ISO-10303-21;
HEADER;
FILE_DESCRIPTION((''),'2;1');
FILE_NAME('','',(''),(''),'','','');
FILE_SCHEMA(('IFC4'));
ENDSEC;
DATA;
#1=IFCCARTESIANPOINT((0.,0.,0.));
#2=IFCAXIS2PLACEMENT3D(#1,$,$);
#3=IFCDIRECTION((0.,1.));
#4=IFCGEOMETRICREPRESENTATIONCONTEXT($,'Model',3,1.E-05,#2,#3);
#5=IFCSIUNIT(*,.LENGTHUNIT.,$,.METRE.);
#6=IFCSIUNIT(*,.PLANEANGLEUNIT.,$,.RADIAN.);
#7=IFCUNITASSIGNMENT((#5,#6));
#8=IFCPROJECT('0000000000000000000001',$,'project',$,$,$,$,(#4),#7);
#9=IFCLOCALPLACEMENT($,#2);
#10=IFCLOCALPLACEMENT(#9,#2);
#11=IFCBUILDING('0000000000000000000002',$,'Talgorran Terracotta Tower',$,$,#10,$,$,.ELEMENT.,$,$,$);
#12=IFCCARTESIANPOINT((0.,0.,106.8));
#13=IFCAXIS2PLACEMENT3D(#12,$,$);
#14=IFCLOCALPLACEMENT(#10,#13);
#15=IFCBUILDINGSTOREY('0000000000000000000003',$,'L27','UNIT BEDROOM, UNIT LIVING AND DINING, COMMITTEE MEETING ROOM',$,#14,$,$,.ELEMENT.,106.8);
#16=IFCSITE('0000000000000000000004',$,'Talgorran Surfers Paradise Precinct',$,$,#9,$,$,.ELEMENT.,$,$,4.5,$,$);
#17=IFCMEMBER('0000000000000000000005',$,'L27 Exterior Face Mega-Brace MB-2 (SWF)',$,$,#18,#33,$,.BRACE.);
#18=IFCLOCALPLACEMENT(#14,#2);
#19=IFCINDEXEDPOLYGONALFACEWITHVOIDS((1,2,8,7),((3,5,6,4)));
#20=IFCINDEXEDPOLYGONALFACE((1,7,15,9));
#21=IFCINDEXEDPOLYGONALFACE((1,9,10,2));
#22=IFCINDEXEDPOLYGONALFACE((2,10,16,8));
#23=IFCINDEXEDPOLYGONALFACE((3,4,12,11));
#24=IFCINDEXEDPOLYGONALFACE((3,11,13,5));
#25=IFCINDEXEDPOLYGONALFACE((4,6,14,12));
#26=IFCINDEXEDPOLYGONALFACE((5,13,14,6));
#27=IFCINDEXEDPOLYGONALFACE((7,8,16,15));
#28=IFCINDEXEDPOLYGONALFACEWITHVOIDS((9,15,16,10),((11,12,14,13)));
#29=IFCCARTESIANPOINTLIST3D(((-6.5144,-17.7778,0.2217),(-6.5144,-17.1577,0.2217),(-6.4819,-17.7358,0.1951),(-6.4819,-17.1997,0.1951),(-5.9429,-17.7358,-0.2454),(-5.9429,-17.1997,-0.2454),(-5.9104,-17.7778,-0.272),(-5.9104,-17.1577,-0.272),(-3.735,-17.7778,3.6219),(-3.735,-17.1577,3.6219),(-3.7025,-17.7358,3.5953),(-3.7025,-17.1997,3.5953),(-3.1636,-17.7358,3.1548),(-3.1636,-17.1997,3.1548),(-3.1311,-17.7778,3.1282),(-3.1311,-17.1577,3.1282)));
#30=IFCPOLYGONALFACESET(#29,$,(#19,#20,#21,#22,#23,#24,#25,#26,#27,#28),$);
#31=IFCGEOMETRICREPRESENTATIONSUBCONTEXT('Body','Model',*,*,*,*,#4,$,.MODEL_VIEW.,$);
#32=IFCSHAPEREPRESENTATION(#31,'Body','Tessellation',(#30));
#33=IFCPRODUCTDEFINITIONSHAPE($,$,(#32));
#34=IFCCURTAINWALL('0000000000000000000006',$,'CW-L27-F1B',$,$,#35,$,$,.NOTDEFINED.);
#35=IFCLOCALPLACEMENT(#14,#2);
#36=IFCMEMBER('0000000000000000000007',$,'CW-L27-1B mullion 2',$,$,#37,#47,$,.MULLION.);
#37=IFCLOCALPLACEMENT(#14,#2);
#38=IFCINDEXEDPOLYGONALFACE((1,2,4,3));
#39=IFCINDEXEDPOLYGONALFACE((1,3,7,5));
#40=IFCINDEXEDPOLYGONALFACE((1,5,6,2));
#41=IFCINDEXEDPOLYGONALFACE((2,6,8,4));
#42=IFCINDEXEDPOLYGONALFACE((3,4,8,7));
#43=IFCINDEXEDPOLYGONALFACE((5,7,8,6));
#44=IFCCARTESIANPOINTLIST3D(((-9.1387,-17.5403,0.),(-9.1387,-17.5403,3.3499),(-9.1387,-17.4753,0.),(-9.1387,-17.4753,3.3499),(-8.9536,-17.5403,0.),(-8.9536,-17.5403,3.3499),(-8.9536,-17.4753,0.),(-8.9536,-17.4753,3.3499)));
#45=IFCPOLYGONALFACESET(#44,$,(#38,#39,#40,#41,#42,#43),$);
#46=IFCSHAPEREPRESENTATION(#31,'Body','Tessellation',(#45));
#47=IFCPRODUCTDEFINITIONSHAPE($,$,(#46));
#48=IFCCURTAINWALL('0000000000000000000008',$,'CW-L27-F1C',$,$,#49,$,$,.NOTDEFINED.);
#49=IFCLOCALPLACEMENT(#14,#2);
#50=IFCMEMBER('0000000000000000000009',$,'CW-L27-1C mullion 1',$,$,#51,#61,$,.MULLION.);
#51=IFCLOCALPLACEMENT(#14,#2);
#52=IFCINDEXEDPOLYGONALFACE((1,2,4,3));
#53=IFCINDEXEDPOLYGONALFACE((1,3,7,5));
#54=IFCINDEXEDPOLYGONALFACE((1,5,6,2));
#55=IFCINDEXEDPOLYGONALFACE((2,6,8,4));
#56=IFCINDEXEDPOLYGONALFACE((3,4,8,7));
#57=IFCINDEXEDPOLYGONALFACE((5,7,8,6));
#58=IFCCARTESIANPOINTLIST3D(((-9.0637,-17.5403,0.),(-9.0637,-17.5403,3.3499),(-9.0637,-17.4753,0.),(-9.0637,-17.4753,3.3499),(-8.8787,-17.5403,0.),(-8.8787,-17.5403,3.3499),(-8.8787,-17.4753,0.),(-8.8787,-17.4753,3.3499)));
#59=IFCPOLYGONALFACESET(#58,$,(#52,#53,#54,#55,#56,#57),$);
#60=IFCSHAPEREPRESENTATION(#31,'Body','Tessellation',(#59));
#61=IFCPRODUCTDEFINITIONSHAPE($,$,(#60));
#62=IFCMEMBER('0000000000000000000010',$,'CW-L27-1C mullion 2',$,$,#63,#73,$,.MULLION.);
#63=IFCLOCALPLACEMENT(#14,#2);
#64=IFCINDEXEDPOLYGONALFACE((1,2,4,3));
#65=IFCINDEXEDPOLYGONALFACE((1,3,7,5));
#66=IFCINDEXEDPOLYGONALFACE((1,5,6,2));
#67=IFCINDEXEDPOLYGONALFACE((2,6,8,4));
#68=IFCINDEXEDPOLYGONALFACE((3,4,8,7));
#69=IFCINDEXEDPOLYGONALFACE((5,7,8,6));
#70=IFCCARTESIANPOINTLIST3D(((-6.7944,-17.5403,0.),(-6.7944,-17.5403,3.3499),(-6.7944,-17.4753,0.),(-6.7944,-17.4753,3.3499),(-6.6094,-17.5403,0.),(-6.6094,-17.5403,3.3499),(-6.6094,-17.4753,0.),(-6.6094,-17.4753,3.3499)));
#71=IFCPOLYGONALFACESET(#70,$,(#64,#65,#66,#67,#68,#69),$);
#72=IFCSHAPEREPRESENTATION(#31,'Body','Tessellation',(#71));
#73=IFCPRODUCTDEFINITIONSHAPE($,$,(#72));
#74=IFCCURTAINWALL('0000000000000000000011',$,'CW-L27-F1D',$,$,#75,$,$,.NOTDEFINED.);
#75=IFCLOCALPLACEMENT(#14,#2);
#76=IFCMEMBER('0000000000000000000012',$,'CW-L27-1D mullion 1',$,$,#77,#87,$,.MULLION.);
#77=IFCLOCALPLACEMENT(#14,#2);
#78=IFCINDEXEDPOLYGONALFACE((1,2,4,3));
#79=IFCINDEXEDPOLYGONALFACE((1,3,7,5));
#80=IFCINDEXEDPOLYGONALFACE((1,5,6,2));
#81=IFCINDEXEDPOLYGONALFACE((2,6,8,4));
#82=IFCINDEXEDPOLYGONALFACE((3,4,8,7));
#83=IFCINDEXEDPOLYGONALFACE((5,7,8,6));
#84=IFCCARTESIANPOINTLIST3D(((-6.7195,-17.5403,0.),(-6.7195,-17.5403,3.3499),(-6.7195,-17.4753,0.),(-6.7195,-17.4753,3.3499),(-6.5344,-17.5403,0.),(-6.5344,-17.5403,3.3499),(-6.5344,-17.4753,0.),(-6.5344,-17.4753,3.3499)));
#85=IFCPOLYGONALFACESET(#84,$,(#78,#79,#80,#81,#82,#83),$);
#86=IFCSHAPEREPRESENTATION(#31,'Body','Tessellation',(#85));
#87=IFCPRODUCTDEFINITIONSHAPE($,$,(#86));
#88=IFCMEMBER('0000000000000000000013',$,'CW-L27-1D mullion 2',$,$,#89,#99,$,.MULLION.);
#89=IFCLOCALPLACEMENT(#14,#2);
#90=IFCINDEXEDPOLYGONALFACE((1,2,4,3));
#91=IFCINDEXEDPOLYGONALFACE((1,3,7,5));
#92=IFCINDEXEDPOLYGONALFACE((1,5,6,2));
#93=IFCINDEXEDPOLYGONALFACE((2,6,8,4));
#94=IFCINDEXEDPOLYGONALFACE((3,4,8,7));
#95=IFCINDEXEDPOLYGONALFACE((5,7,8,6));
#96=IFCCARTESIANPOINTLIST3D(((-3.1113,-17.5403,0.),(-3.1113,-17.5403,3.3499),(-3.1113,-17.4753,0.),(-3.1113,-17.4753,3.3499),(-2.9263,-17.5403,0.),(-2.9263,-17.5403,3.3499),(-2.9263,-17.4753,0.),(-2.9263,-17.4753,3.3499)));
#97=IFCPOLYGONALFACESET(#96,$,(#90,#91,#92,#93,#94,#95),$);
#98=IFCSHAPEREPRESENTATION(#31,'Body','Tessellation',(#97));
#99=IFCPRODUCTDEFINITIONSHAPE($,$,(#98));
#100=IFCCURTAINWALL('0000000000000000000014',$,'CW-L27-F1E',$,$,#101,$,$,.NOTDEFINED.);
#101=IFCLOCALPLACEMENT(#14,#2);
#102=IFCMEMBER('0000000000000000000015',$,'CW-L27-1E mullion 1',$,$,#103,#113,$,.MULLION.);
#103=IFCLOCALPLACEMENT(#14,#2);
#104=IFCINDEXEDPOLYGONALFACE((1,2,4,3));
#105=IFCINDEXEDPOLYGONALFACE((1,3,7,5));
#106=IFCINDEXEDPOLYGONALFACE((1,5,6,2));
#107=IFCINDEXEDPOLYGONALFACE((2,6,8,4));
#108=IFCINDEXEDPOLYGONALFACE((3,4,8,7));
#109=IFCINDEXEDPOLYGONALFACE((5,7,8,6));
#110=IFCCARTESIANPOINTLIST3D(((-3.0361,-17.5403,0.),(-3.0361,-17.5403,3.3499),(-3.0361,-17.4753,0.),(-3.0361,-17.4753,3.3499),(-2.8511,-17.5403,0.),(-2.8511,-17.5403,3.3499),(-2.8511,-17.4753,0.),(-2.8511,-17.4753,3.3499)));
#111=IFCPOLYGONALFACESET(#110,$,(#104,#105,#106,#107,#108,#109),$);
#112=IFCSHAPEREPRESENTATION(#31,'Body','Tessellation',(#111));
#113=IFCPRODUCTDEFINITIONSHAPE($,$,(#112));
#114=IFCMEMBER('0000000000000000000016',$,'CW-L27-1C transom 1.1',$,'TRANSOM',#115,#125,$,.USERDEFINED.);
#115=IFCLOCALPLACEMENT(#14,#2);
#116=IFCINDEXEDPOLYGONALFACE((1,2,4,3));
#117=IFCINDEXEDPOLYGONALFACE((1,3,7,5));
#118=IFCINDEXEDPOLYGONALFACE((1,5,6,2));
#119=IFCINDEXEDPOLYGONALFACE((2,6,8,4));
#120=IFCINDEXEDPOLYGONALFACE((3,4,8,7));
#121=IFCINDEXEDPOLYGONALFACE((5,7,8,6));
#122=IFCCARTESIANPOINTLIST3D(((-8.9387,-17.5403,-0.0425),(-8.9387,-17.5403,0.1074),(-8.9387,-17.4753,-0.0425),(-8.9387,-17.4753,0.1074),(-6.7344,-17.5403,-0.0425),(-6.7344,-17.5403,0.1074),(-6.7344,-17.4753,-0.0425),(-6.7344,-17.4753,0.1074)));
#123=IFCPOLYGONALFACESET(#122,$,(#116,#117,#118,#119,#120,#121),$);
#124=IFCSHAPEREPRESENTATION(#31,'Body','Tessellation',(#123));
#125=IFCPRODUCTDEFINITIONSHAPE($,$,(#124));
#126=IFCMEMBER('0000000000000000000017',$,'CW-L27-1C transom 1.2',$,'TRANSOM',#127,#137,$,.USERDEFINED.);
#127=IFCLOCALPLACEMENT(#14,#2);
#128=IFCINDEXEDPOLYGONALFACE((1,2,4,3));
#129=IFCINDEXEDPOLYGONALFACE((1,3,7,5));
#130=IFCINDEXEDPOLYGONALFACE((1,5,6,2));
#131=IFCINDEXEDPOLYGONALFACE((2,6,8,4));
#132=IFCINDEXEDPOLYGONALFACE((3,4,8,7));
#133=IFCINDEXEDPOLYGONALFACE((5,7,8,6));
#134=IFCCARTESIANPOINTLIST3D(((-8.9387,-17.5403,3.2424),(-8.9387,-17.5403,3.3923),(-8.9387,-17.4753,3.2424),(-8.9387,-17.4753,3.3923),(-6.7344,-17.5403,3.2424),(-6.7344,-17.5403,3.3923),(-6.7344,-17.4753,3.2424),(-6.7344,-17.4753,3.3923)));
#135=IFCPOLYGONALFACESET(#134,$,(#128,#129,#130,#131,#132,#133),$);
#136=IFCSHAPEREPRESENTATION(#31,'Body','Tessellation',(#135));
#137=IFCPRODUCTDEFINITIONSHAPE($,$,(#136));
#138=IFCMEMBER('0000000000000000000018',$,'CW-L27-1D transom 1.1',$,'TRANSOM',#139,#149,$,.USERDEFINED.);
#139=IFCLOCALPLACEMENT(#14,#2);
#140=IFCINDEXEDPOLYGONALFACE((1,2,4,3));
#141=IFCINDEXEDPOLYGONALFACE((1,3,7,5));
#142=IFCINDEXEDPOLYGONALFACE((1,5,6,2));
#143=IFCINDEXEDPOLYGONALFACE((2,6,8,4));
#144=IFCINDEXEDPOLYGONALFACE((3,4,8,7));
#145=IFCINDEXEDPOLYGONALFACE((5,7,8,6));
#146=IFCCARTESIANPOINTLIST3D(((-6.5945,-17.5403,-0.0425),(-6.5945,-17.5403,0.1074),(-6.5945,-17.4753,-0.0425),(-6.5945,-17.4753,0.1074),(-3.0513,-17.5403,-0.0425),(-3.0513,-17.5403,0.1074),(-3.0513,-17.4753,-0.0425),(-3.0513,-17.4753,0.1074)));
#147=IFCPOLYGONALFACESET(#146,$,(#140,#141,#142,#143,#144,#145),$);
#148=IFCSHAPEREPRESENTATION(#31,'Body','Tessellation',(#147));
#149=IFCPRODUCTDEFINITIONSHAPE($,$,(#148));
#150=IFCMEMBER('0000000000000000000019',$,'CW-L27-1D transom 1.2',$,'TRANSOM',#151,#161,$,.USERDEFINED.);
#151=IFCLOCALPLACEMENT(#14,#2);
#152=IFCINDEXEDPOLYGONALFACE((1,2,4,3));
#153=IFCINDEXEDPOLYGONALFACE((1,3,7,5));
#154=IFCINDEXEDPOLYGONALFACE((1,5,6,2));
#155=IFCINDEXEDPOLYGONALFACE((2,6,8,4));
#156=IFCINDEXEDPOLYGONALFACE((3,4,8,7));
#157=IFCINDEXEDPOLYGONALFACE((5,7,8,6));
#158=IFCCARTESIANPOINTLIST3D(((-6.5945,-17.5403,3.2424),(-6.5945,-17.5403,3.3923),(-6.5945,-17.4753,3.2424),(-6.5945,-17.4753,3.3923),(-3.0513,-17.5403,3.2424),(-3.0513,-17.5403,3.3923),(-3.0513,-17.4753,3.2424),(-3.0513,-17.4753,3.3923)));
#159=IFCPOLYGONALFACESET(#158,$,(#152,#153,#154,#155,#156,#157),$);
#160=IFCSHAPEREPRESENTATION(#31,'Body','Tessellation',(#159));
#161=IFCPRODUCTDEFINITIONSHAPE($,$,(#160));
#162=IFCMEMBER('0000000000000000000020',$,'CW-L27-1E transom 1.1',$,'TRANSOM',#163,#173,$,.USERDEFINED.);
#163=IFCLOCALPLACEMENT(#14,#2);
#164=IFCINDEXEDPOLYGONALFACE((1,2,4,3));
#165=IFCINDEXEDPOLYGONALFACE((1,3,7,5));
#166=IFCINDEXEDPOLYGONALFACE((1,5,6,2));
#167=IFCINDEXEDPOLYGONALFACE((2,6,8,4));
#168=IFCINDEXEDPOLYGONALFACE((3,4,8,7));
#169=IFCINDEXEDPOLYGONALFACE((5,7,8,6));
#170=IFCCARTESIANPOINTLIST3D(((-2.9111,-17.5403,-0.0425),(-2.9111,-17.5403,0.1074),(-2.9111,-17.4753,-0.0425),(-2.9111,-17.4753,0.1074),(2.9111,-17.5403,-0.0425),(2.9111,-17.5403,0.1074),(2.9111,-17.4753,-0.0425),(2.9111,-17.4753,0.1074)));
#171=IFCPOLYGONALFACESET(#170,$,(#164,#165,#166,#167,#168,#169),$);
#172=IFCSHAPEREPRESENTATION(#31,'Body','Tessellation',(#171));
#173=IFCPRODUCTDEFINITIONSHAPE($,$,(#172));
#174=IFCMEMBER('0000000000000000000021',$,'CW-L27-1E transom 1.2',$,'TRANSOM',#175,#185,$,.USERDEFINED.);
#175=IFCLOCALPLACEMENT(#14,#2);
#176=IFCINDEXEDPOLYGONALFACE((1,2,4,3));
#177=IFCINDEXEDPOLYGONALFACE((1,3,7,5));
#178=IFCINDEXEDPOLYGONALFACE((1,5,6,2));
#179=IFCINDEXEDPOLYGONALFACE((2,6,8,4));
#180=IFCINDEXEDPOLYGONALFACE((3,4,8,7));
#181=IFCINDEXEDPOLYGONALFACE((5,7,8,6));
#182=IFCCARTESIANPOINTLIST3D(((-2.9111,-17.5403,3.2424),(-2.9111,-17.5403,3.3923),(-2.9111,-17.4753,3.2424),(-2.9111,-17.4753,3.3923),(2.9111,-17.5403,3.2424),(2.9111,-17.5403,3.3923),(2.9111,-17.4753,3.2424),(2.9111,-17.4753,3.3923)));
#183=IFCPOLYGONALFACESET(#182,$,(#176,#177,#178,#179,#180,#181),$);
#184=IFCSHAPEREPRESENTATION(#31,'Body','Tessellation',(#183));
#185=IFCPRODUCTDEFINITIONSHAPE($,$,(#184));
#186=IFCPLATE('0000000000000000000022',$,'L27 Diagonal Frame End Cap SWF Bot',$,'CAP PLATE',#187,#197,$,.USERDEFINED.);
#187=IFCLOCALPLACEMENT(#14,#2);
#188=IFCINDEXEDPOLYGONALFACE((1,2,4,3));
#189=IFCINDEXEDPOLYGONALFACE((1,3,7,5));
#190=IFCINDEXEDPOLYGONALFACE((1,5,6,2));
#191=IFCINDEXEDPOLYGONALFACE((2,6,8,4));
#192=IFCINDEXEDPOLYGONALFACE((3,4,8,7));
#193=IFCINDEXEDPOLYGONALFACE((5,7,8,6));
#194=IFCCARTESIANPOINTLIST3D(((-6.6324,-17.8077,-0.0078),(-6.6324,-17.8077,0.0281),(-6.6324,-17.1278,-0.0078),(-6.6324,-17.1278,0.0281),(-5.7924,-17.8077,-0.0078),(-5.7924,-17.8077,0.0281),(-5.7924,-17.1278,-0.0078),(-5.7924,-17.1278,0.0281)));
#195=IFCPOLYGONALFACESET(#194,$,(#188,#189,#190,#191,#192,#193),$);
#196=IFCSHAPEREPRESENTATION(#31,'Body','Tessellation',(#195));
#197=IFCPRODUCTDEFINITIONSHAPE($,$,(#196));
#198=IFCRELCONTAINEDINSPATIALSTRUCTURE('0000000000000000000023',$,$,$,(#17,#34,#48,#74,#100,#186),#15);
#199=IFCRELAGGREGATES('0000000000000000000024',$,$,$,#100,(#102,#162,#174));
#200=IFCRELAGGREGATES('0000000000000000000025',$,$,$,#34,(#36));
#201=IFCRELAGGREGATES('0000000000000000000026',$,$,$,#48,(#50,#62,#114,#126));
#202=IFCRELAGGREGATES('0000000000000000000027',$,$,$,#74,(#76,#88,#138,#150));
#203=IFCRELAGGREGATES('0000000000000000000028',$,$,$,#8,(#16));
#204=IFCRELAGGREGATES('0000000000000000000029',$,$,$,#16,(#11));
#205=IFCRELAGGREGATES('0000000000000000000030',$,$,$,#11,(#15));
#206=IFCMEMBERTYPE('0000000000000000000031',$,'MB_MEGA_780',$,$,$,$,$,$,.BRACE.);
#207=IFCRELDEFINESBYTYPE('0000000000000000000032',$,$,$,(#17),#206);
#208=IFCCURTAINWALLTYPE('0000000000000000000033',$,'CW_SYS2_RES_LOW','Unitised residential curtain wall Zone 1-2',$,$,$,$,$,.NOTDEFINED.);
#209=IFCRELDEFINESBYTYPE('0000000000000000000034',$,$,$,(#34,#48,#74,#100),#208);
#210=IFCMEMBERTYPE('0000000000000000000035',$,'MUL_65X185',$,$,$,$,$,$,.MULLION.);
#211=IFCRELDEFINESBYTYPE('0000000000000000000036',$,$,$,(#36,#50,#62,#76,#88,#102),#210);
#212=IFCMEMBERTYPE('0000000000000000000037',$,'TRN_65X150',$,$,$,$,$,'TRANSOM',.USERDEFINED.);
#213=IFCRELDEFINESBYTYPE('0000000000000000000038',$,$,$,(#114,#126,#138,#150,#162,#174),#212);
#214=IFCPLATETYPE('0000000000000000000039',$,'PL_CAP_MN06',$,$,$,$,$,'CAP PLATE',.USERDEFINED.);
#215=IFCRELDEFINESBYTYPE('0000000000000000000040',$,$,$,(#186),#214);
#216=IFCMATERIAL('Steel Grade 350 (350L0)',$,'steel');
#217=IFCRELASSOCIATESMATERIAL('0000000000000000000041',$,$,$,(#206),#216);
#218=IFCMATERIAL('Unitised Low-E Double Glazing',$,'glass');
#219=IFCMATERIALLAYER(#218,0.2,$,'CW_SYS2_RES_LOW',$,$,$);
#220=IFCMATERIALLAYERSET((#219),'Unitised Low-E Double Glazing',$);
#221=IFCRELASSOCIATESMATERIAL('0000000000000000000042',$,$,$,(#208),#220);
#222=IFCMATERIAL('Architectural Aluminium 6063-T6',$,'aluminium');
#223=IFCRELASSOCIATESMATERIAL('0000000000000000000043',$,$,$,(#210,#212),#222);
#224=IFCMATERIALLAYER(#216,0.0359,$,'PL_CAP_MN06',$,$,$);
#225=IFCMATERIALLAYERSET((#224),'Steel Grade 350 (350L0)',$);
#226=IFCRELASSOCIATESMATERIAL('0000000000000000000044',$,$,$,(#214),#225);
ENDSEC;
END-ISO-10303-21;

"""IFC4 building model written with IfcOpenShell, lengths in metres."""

from ifc_helpers import new_model, si_unit, direction, frame, origin, origin_2d, place, context, subcontext, project, spatial, rectangle, hollow_rectangle, extrude, material, layer, layer_set, material_profile, profile_set, type_object, element, aggregate, save


model = new_model("IFC4")

# Units and contexts
model_context = context("Model", 3, precision=1e-05, world=origin(), true_north=direction((0.0, 1.0)))
body_context = subcontext(model_context, "Body", "Model", "MODEL_VIEW")
ifc_project = project(units=[si_unit("LENGTHUNIT", "METRE"), si_unit("PLANEANGLEUNIT", "RADIAN")], contexts=[model_context])

# Site, building, storey
site_placement = place(None, origin())
site = spatial("IfcSite", under=ifc_project, at=site_placement, Name="Talgorran Surfers Paradise Precinct", CompositionType="ELEMENT", RefElevation=4.5)
building_placement = place(site_placement, origin())
building = spatial("IfcBuilding", under=site, at=building_placement, Name="Talgorran Terracotta Tower", CompositionType="ELEMENT")
storey_placement = place(building_placement, frame((0.0, 0.0, 106.8)))
storey = spatial("IfcBuildingStorey", under=building, at=storey_placement, Name="L27", Description="UNIT BEDROOM, UNIT LIVING AND DINING, COMMITTEE MEETING ROOM", CompositionType="ELEMENT", Elevation=106.8)

# Member
ifc_material_1 = material(Name="Steel Grade 350 (350L0)", Category="steel")
ifc_material_profile_1 = material_profile(ifc_material_1, hollow_rectangle(XDim=0.6201, YDim=0.78, WallThickness=0.042, at=origin_2d()), Name="WBOX780X620X42")
ifc_profile_set_1 = profile_set([ifc_material_profile_1], Name="Steel Grade 350 (350L0)")
member_type_1 = type_object("IfcMemberType", Name="MB_MEGA_780", PredefinedType="BRACE", material=ifc_profile_set_1)
member_1_placement = place(storey_placement, frame((-6.2124, -17.4678, -0.0251), z_axis=(0.632877, 0.0, 0.774252), x_axis=(0.0, 1.0, 0.0)))
element("IfcMember", 1, at=member_1_placement, inside=storey, type_object=member_type_1, Name="L27 Exterior Face Mega-Brace MB-2 (SWF)", PredefinedType="BRACE", context=body_context, shape_type="SweptSolid", body=[
    extrude(hollow_rectangle(XDim=0.6201, YDim=0.78, WallThickness=0.042, at=origin_2d()), origin(), (0.0, 0.0, 1.0), 4.3916),
])

# Curtain wall, member
ifc_material_2 = material(Name="Unitised Low-E Double Glazing", Category="glass")
ifc_layer_1 = layer(ifc_material_2, 0.2, Name="CW_SYS2_RES_LOW")
ifc_layer_set_1 = layer_set([ifc_layer_1], Name="Unitised Low-E Double Glazing")
curtain_wall_type = type_object("IfcCurtainWallType", Name="CW_SYS2_RES_LOW", Description="Unitised residential curtain wall Zone 1-2", PredefinedType="NOTDEFINED", material=ifc_layer_set_1)
curtain_wall_1_placement = place(storey_placement, origin())
curtain_wall_1 = element("IfcCurtainWall", 2, at=curtain_wall_1_placement, inside=storey, type_object=curtain_wall_type, Name="CW-L27-F1B", PredefinedType="NOTDEFINED")
ifc_material_3 = material(Name="Architectural Aluminium 6063-T6", Category="aluminium")
ifc_material_profile_2 = material_profile(ifc_material_3, rectangle(XDim=0.0649, YDim=0.1851, at=origin_2d()), Name="CWM65X185")
ifc_profile_set_2 = profile_set([ifc_material_profile_2], Name="Architectural Aluminium 6063-T6")
member_type_2 = type_object("IfcMemberType", Name="MUL_65X185", PredefinedType="MULLION", material=ifc_profile_set_2)
member_2_placement = place(storey_placement, frame((-9.0461, -17.5078, 0.0), z_axis=(0.0, 0.0, 1.0), x_axis=(0.0, 1.0, 0.0)))
member_2 = element("IfcMember", 3, at=member_2_placement, type_object=member_type_2, Name="CW-L27-1B mullion 2", PredefinedType="MULLION", context=body_context, shape_type="SweptSolid", body=[
    extrude(rectangle(XDim=0.0649, YDim=0.1851, at=origin_2d()), origin(), (0.0, 0.0, 1.0), 3.3499),
])

# Curtain walls, members
curtain_wall_2_placement = place(storey_placement, origin())
curtain_wall_2 = element("IfcCurtainWall", 4, at=curtain_wall_2_placement, inside=storey, type_object=curtain_wall_type, Name="CW-L27-F1C", PredefinedType="NOTDEFINED")
member_3_placement = place(storey_placement, frame((-8.9712, -17.5078, 0.0), z_axis=(0.0, 0.0, 1.0), x_axis=(0.0, 1.0, 0.0)))
member_3 = element("IfcMember", 5, at=member_3_placement, type_object=member_type_2, Name="CW-L27-1C mullion 1", PredefinedType="MULLION", context=body_context, shape_type="SweptSolid", body=[
    extrude(rectangle(XDim=0.0649, YDim=0.1851, at=origin_2d()), origin(), (0.0, 0.0, 1.0), 3.3499),
])
member_4_placement = place(storey_placement, frame((-6.7019, -17.5078, 0.0), z_axis=(0.0, 0.0, 1.0), x_axis=(0.0, 1.0, 0.0)))
member_4 = element("IfcMember", 6, at=member_4_placement, type_object=member_type_2, Name="CW-L27-1C mullion 2", PredefinedType="MULLION", context=body_context, shape_type="SweptSolid", body=[
    extrude(rectangle(XDim=0.0649, YDim=0.1851, at=origin_2d()), origin(), (0.0, 0.0, 1.0), 3.3499),
])
curtain_wall_3_placement = place(storey_placement, origin())
curtain_wall_3 = element("IfcCurtainWall", 7, at=curtain_wall_3_placement, inside=storey, type_object=curtain_wall_type, Name="CW-L27-F1D", PredefinedType="NOTDEFINED")
member_5_placement = place(storey_placement, frame((-6.627, -17.5078, 0.0), z_axis=(0.0, 0.0, 1.0), x_axis=(0.0, 1.0, 0.0)))
member_5 = element("IfcMember", 8, at=member_5_placement, type_object=member_type_2, Name="CW-L27-1D mullion 1", PredefinedType="MULLION", context=body_context, shape_type="SweptSolid", body=[
    extrude(rectangle(XDim=0.0649, YDim=0.1851, at=origin_2d()), origin(), (0.0, 0.0, 1.0), 3.3499),
])
member_6_placement = place(storey_placement, frame((-3.0188, -17.5078, 0.0), z_axis=(0.0, 0.0, 1.0), x_axis=(0.0, 1.0, 0.0)))
member_6 = element("IfcMember", 9, at=member_6_placement, type_object=member_type_2, Name="CW-L27-1D mullion 2", PredefinedType="MULLION", context=body_context, shape_type="SweptSolid", body=[
    extrude(rectangle(XDim=0.0649, YDim=0.1851, at=origin_2d()), origin(), (0.0, 0.0, 1.0), 3.3499),
])

# Curtain wall, member
curtain_wall_4_placement = place(storey_placement, origin())
curtain_wall_4 = element("IfcCurtainWall", 10, at=curtain_wall_4_placement, inside=storey, type_object=curtain_wall_type, Name="CW-L27-F1E", PredefinedType="NOTDEFINED")
member_7_placement = place(storey_placement, frame((-2.9436, -17.5078, 0.0), z_axis=(0.0, 0.0, 1.0), x_axis=(0.0, 1.0, 0.0)))
member_7 = element("IfcMember", 11, at=member_7_placement, type_object=member_type_2, Name="CW-L27-1E mullion 1", PredefinedType="MULLION", context=body_context, shape_type="SweptSolid", body=[
    extrude(rectangle(XDim=0.0649, YDim=0.1851, at=origin_2d()), origin(), (0.0, 0.0, 1.0), 3.3499),
])

# Members
ifc_material_profile_3 = material_profile(ifc_material_3, rectangle(XDim=0.0649, YDim=0.1499, at=origin_2d()), Name="CWT65X150")
ifc_profile_set_3 = profile_set([ifc_material_profile_3], Name="Architectural Aluminium 6063-T6")
member_type_3 = type_object("IfcMemberType", Name="TRN_65X150", ElementType="TRANSOM", PredefinedType="USERDEFINED", material=ifc_profile_set_3)
member_8_placement = place(storey_placement, frame((-8.9387, -17.5078, 0.0325), z_axis=(1.0, 0.0, 0.0), x_axis=(0.0, 1.0, 0.0)))
member_8 = element("IfcMember", 12, at=member_8_placement, type_object=member_type_3, Name="CW-L27-1C transom 1.1", ObjectType="TRANSOM", PredefinedType="USERDEFINED", context=body_context, shape_type="SweptSolid", body=[
    extrude(rectangle(XDim=0.0649, YDim=0.1499, at=origin_2d()), origin(), (0.0, 0.0, 1.0), 2.2043),
])
member_9_placement = place(storey_placement, frame((-8.9387, -17.5078, 3.3174), z_axis=(1.0, 0.0, 0.0), x_axis=(0.0, 1.0, 0.0)))
member_9 = element("IfcMember", 13, at=member_9_placement, type_object=member_type_3, Name="CW-L27-1C transom 1.2", ObjectType="TRANSOM", PredefinedType="USERDEFINED", context=body_context, shape_type="SweptSolid", body=[
    extrude(rectangle(XDim=0.0649, YDim=0.1499, at=origin_2d()), origin(), (0.0, 0.0, 1.0), 2.2043),
])
member_10_placement = place(storey_placement, frame((-6.5945, -17.5078, 0.0325), z_axis=(1.0, 0.0, 0.0), x_axis=(0.0, 1.0, 0.0)))
member_10 = element("IfcMember", 14, at=member_10_placement, type_object=member_type_3, Name="CW-L27-1D transom 1.1", ObjectType="TRANSOM", PredefinedType="USERDEFINED", context=body_context, shape_type="SweptSolid", body=[
    extrude(rectangle(XDim=0.0649, YDim=0.1499, at=origin_2d()), origin(), (0.0, 0.0, 1.0), 3.5432),
])
member_11_placement = place(storey_placement, frame((-6.5945, -17.5078, 3.3174), z_axis=(1.0, 0.0, 0.0), x_axis=(0.0, 1.0, 0.0)))
member_11 = element("IfcMember", 15, at=member_11_placement, type_object=member_type_3, Name="CW-L27-1D transom 1.2", ObjectType="TRANSOM", PredefinedType="USERDEFINED", context=body_context, shape_type="SweptSolid", body=[
    extrude(rectangle(XDim=0.0649, YDim=0.1499, at=origin_2d()), origin(), (0.0, 0.0, 1.0), 3.5432),
])
member_12_placement = place(storey_placement, frame((-2.9111, -17.5078, 0.0325), z_axis=(1.0, 0.0, 0.0), x_axis=(0.0, 1.0, 0.0)))
member_12 = element("IfcMember", 16, at=member_12_placement, type_object=member_type_3, Name="CW-L27-1E transom 1.1", ObjectType="TRANSOM", PredefinedType="USERDEFINED", context=body_context, shape_type="SweptSolid", body=[
    extrude(rectangle(XDim=0.0649, YDim=0.1499, at=origin_2d()), origin(), (0.0, 0.0, 1.0), 5.8223),
])
member_13_placement = place(storey_placement, frame((-2.9111, -17.5078, 3.3174), z_axis=(1.0, 0.0, 0.0), x_axis=(0.0, 1.0, 0.0)))
member_13 = element("IfcMember", 17, at=member_13_placement, type_object=member_type_3, Name="CW-L27-1E transom 1.2", ObjectType="TRANSOM", PredefinedType="USERDEFINED", context=body_context, shape_type="SweptSolid", body=[
    extrude(rectangle(XDim=0.0649, YDim=0.1499, at=origin_2d()), origin(), (0.0, 0.0, 1.0), 5.8223),
])
aggregate(curtain_wall_4, [member_7, member_12, member_13])

# Plate
ifc_layer_2 = layer(ifc_material_1, 0.0359, Name="PL_CAP_MN06")
ifc_layer_set_2 = layer_set([ifc_layer_2], Name="Steel Grade 350 (350L0)")
plate_type_1 = type_object("IfcPlateType", Name="PL_CAP_MN06", ElementType="CAP PLATE", PredefinedType="USERDEFINED", material=ifc_layer_set_2)
for number, where, z_axis, x_axis, name in (
    (18, (-6.2124, -17.4678, -0.0078), (0.0, 0.0, 1.0), (1.0, 0.0, 0.0), "L27 Diagonal Frame End Cap SWF Bot"),
):
    element("IfcPlate", number, at=place(storey_placement, frame(where, z_axis=z_axis, x_axis=x_axis)), inside=storey, type_object=plate_type_1, Name=name, ObjectType="CAP PLATE", PredefinedType="USERDEFINED", context=body_context, shape_type="SweptSolid", body=[
        extrude(rectangle(XDim=0.8401, YDim=0.6799, at=origin_2d()), origin(), (0.0, 0.0, 1.0), 0.0359),
    ])

aggregate(curtain_wall_1, [member_2])
aggregate(curtain_wall_2, [member_3, member_4, member_8, member_9])
aggregate(curtain_wall_3, [member_5, member_6, member_10, member_11])

save(model, "model.ifc")
